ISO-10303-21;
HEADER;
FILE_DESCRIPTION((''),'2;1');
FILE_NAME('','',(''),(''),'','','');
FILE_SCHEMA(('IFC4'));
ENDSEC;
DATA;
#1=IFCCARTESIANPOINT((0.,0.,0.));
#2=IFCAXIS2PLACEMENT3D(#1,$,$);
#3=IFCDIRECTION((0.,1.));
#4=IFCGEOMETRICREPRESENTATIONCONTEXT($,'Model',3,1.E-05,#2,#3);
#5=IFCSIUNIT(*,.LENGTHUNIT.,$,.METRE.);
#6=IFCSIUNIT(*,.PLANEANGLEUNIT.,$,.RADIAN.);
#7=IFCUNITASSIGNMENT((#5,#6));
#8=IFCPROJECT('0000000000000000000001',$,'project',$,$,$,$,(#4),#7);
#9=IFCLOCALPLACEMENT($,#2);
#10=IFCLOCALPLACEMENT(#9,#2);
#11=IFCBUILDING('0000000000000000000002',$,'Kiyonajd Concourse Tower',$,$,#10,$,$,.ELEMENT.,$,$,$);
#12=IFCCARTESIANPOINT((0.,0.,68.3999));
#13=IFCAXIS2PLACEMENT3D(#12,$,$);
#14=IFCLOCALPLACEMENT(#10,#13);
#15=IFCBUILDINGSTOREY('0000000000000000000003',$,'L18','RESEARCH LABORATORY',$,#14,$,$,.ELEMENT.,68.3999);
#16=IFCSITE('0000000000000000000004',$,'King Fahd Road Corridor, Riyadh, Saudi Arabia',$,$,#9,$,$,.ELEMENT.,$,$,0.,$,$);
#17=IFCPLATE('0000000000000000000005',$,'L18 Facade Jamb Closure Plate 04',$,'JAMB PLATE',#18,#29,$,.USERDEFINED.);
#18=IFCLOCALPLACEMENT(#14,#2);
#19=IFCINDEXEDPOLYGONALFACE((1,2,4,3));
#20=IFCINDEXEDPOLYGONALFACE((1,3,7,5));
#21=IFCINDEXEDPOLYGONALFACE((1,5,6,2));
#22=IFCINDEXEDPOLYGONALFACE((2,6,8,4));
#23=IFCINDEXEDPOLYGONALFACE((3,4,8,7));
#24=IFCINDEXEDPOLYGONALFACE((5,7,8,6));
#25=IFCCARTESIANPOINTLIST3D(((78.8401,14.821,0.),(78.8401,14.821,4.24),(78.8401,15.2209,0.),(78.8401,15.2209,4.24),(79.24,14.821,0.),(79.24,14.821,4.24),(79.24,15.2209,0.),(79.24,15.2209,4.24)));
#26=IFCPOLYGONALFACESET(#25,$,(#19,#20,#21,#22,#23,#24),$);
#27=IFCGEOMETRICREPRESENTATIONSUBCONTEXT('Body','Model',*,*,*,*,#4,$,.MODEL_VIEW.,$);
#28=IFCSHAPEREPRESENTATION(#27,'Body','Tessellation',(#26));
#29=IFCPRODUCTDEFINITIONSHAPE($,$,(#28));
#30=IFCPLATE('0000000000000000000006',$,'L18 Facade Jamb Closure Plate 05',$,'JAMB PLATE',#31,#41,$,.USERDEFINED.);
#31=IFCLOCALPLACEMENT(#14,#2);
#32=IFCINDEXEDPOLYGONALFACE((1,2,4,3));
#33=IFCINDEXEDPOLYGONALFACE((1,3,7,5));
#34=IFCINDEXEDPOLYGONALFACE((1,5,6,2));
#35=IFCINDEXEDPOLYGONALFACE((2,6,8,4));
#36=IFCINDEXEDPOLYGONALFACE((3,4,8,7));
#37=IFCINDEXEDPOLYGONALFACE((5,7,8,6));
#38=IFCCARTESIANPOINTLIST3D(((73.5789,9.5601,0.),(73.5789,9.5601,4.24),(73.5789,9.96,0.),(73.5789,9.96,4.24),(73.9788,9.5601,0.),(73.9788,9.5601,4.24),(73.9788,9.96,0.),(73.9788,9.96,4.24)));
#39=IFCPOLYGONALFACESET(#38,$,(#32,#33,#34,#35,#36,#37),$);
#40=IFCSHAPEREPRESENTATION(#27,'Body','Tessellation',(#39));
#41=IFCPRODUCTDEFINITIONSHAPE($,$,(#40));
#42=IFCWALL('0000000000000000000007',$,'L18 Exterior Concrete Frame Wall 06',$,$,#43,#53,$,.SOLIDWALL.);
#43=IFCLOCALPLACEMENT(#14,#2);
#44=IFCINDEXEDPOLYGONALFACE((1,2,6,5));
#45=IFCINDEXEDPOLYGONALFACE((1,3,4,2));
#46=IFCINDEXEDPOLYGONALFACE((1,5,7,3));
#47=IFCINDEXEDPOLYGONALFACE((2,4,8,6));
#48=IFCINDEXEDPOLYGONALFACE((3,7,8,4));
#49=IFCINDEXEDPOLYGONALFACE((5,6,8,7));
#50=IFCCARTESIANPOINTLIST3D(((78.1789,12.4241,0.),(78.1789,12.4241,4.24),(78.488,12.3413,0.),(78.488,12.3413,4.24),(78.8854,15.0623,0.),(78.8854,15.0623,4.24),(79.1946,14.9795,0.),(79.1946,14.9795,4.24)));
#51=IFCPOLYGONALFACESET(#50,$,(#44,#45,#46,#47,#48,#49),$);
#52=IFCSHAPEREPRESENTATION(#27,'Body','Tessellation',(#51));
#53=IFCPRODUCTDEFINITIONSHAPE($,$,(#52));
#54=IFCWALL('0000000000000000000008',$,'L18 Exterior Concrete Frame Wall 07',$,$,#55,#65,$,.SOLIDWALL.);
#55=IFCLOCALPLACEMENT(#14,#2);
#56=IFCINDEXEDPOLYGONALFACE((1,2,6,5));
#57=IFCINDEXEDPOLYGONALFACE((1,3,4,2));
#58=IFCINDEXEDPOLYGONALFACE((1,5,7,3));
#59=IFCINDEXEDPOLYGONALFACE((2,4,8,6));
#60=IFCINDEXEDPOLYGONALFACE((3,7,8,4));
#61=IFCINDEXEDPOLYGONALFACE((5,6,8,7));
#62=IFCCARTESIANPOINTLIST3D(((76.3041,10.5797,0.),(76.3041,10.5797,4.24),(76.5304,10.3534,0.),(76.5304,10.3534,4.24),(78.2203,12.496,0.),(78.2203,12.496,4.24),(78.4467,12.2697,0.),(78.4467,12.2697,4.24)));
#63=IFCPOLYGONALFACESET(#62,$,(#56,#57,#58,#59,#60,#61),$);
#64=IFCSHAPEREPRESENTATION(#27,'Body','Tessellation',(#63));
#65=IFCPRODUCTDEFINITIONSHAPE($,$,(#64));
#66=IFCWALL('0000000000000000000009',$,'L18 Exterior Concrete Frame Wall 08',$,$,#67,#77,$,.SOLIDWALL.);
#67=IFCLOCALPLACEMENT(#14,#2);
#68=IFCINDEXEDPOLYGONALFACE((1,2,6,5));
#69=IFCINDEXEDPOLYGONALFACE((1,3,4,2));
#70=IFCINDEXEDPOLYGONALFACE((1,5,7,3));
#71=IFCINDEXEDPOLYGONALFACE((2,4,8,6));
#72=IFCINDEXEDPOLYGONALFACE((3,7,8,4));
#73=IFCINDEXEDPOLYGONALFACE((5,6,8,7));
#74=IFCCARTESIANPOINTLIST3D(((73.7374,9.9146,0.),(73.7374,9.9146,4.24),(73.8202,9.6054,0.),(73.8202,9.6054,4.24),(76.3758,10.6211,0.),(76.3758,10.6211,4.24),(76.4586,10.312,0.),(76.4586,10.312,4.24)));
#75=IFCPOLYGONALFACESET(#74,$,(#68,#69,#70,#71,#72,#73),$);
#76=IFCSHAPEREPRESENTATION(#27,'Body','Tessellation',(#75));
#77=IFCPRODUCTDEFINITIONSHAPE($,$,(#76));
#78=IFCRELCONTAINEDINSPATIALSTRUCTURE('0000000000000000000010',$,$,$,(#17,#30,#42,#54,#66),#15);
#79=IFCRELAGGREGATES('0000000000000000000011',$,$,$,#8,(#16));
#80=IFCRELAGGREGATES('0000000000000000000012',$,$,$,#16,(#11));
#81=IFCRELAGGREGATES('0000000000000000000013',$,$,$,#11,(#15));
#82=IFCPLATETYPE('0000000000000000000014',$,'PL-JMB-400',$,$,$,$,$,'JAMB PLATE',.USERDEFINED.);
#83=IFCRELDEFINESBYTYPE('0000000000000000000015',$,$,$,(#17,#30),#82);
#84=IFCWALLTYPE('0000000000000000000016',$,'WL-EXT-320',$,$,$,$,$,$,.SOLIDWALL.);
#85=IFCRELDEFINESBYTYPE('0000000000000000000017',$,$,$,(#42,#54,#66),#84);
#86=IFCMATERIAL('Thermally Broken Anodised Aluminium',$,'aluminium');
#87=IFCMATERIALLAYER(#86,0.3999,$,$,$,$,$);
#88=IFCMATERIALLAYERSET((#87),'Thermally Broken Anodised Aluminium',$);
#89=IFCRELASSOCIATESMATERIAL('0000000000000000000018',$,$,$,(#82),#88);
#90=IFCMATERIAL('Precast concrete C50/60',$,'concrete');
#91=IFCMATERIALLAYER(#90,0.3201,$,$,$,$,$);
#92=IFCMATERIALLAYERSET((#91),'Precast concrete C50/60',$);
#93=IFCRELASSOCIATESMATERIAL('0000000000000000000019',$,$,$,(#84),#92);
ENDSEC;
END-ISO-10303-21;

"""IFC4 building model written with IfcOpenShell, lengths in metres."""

from ifc_helpers import new_model, si_unit, direction, frame, frame_2d, origin, origin_2d, place, context, subcontext, project, spatial, rectangle, extrude, material, layer, layer_set, type_object, element, save


model = new_model("IFC4")

# Units and contexts
model_context = context("Model", 3, precision=1e-05, world=origin(), true_north=direction((0.0, 1.0)))
body_context = subcontext(model_context, "Body", "Model", "MODEL_VIEW")
ifc_project = project(units=[si_unit("LENGTHUNIT", "METRE"), si_unit("PLANEANGLEUNIT", "RADIAN")], contexts=[model_context])

# Site, building, storey
site_placement = place(None, origin())
site = spatial("IfcSite", under=ifc_project, at=site_placement, Name="King Fahd Road Corridor, Riyadh, Saudi Arabia", CompositionType="ELEMENT", RefElevation=0.0)
building_placement = place(site_placement, origin())
building = spatial("IfcBuilding", under=site, at=building_placement, Name="Kiyonajd Concourse Tower", CompositionType="ELEMENT")
storey_placement = place(building_placement, frame((0.0, 0.0, 68.3999)))
storey = spatial("IfcBuildingStorey", under=building, at=storey_placement, Name="L18", Description="RESEARCH LABORATORY", CompositionType="ELEMENT", Elevation=68.3999)

# Shared definitions
ifc_material_1 = material(Name="Thermally Broken Anodised Aluminium", Category="aluminium")

# Plates
ifc_layer_1 = layer(ifc_material_1, 0.3999)
ifc_layer_set_1 = layer_set([ifc_layer_1], Name="Thermally Broken Anodised Aluminium")
plate_type_1 = type_object("IfcPlateType", Name="PL-JMB-400", ElementType="JAMB PLATE", PredefinedType="USERDEFINED", material=ifc_layer_set_1)
for number, where, z_axis, x_axis, name in (
    (1, (79.04, 15.021, 0.0), (0.0, 0.0, 1.0), (1.0, 0.0, 0.0), "L18 Facade Jamb Closure Plate 04"),
    (2, (73.7788, 9.76, 0.0), (0.0, 0.0, 1.0), (1.0, 0.0, 0.0), "L18 Facade Jamb Closure Plate 05"),
):
    element("IfcPlate", number, at=place(storey_placement, frame(where, z_axis=z_axis, x_axis=x_axis)), inside=storey, type_object=plate_type_1, Name=name, ObjectType="JAMB PLATE", PredefinedType="USERDEFINED", context=body_context, shape_type="SweptSolid", body=[
        extrude(rectangle(XDim=0.3999, YDim=0.3999, at=origin_2d()), origin(), (0.0, 0.0, 1.0), 4.24),
    ])

# Walls
ifc_material_2 = material(Name="Precast concrete C50/60", Category="concrete")
ifc_layer_2 = layer(ifc_material_2, 0.3201)
ifc_layer_set_2 = layer_set([ifc_layer_2], Name="Precast concrete C50/60")
wall_type = type_object("IfcWallType", Name="WL-EXT-320", PredefinedType="SOLIDWALL", material=ifc_layer_set_2)
wall_1_placement = place(storey_placement, frame((79.04, 15.021, 0.0), z_axis=(0.0, 0.0, 1.0), x_axis=(-0.258697, -0.965958, 0.0)))
element("IfcWall", 3, at=wall_1_placement, inside=storey, type_object=wall_type, Name="L18 Exterior Concrete Frame Wall 06", PredefinedType="SOLIDWALL", context=body_context, shape_type="SweptSolid", body=[
    extrude(rectangle(XDim=2.7312, YDim=0.3201, at=frame_2d((1.3657, 0.0))), origin(), (0.0, 0.0, 1.0), 4.24),
])
wall_2_placement = place(storey_placement, frame((78.3335, 12.3828, 0.0), z_axis=(0.0, 0.0, 1.0), x_axis=(-0.707107, -0.707107, 0.0)))
element("IfcWall", 4, at=wall_2_placement, inside=storey, type_object=wall_type, Name="L18 Exterior Concrete Frame Wall 07", PredefinedType="SOLIDWALL", context=body_context, shape_type="SweptSolid", body=[
    extrude(rectangle(XDim=2.71, YDim=0.3201, at=frame_2d((1.355, 0.0))), origin(), (0.0, 0.0, 1.0), 4.24),
])
wall_3_placement = place(storey_placement, frame((76.4172, 10.4666, 0.0), z_axis=(0.0, 0.0, 1.0), x_axis=(-0.965964, -0.258675, 0.0)))
element("IfcWall", 5, at=wall_3_placement, inside=storey, type_object=wall_type, Name="L18 Exterior Concrete Frame Wall 08", PredefinedType="SOLIDWALL", context=body_context, shape_type="SweptSolid", body=[
    extrude(rectangle(XDim=2.7314, YDim=0.3201, at=frame_2d((1.3657, 0.0))), origin(), (0.0, 0.0, 1.0), 4.24),
])

save(model, "model.ifc")
